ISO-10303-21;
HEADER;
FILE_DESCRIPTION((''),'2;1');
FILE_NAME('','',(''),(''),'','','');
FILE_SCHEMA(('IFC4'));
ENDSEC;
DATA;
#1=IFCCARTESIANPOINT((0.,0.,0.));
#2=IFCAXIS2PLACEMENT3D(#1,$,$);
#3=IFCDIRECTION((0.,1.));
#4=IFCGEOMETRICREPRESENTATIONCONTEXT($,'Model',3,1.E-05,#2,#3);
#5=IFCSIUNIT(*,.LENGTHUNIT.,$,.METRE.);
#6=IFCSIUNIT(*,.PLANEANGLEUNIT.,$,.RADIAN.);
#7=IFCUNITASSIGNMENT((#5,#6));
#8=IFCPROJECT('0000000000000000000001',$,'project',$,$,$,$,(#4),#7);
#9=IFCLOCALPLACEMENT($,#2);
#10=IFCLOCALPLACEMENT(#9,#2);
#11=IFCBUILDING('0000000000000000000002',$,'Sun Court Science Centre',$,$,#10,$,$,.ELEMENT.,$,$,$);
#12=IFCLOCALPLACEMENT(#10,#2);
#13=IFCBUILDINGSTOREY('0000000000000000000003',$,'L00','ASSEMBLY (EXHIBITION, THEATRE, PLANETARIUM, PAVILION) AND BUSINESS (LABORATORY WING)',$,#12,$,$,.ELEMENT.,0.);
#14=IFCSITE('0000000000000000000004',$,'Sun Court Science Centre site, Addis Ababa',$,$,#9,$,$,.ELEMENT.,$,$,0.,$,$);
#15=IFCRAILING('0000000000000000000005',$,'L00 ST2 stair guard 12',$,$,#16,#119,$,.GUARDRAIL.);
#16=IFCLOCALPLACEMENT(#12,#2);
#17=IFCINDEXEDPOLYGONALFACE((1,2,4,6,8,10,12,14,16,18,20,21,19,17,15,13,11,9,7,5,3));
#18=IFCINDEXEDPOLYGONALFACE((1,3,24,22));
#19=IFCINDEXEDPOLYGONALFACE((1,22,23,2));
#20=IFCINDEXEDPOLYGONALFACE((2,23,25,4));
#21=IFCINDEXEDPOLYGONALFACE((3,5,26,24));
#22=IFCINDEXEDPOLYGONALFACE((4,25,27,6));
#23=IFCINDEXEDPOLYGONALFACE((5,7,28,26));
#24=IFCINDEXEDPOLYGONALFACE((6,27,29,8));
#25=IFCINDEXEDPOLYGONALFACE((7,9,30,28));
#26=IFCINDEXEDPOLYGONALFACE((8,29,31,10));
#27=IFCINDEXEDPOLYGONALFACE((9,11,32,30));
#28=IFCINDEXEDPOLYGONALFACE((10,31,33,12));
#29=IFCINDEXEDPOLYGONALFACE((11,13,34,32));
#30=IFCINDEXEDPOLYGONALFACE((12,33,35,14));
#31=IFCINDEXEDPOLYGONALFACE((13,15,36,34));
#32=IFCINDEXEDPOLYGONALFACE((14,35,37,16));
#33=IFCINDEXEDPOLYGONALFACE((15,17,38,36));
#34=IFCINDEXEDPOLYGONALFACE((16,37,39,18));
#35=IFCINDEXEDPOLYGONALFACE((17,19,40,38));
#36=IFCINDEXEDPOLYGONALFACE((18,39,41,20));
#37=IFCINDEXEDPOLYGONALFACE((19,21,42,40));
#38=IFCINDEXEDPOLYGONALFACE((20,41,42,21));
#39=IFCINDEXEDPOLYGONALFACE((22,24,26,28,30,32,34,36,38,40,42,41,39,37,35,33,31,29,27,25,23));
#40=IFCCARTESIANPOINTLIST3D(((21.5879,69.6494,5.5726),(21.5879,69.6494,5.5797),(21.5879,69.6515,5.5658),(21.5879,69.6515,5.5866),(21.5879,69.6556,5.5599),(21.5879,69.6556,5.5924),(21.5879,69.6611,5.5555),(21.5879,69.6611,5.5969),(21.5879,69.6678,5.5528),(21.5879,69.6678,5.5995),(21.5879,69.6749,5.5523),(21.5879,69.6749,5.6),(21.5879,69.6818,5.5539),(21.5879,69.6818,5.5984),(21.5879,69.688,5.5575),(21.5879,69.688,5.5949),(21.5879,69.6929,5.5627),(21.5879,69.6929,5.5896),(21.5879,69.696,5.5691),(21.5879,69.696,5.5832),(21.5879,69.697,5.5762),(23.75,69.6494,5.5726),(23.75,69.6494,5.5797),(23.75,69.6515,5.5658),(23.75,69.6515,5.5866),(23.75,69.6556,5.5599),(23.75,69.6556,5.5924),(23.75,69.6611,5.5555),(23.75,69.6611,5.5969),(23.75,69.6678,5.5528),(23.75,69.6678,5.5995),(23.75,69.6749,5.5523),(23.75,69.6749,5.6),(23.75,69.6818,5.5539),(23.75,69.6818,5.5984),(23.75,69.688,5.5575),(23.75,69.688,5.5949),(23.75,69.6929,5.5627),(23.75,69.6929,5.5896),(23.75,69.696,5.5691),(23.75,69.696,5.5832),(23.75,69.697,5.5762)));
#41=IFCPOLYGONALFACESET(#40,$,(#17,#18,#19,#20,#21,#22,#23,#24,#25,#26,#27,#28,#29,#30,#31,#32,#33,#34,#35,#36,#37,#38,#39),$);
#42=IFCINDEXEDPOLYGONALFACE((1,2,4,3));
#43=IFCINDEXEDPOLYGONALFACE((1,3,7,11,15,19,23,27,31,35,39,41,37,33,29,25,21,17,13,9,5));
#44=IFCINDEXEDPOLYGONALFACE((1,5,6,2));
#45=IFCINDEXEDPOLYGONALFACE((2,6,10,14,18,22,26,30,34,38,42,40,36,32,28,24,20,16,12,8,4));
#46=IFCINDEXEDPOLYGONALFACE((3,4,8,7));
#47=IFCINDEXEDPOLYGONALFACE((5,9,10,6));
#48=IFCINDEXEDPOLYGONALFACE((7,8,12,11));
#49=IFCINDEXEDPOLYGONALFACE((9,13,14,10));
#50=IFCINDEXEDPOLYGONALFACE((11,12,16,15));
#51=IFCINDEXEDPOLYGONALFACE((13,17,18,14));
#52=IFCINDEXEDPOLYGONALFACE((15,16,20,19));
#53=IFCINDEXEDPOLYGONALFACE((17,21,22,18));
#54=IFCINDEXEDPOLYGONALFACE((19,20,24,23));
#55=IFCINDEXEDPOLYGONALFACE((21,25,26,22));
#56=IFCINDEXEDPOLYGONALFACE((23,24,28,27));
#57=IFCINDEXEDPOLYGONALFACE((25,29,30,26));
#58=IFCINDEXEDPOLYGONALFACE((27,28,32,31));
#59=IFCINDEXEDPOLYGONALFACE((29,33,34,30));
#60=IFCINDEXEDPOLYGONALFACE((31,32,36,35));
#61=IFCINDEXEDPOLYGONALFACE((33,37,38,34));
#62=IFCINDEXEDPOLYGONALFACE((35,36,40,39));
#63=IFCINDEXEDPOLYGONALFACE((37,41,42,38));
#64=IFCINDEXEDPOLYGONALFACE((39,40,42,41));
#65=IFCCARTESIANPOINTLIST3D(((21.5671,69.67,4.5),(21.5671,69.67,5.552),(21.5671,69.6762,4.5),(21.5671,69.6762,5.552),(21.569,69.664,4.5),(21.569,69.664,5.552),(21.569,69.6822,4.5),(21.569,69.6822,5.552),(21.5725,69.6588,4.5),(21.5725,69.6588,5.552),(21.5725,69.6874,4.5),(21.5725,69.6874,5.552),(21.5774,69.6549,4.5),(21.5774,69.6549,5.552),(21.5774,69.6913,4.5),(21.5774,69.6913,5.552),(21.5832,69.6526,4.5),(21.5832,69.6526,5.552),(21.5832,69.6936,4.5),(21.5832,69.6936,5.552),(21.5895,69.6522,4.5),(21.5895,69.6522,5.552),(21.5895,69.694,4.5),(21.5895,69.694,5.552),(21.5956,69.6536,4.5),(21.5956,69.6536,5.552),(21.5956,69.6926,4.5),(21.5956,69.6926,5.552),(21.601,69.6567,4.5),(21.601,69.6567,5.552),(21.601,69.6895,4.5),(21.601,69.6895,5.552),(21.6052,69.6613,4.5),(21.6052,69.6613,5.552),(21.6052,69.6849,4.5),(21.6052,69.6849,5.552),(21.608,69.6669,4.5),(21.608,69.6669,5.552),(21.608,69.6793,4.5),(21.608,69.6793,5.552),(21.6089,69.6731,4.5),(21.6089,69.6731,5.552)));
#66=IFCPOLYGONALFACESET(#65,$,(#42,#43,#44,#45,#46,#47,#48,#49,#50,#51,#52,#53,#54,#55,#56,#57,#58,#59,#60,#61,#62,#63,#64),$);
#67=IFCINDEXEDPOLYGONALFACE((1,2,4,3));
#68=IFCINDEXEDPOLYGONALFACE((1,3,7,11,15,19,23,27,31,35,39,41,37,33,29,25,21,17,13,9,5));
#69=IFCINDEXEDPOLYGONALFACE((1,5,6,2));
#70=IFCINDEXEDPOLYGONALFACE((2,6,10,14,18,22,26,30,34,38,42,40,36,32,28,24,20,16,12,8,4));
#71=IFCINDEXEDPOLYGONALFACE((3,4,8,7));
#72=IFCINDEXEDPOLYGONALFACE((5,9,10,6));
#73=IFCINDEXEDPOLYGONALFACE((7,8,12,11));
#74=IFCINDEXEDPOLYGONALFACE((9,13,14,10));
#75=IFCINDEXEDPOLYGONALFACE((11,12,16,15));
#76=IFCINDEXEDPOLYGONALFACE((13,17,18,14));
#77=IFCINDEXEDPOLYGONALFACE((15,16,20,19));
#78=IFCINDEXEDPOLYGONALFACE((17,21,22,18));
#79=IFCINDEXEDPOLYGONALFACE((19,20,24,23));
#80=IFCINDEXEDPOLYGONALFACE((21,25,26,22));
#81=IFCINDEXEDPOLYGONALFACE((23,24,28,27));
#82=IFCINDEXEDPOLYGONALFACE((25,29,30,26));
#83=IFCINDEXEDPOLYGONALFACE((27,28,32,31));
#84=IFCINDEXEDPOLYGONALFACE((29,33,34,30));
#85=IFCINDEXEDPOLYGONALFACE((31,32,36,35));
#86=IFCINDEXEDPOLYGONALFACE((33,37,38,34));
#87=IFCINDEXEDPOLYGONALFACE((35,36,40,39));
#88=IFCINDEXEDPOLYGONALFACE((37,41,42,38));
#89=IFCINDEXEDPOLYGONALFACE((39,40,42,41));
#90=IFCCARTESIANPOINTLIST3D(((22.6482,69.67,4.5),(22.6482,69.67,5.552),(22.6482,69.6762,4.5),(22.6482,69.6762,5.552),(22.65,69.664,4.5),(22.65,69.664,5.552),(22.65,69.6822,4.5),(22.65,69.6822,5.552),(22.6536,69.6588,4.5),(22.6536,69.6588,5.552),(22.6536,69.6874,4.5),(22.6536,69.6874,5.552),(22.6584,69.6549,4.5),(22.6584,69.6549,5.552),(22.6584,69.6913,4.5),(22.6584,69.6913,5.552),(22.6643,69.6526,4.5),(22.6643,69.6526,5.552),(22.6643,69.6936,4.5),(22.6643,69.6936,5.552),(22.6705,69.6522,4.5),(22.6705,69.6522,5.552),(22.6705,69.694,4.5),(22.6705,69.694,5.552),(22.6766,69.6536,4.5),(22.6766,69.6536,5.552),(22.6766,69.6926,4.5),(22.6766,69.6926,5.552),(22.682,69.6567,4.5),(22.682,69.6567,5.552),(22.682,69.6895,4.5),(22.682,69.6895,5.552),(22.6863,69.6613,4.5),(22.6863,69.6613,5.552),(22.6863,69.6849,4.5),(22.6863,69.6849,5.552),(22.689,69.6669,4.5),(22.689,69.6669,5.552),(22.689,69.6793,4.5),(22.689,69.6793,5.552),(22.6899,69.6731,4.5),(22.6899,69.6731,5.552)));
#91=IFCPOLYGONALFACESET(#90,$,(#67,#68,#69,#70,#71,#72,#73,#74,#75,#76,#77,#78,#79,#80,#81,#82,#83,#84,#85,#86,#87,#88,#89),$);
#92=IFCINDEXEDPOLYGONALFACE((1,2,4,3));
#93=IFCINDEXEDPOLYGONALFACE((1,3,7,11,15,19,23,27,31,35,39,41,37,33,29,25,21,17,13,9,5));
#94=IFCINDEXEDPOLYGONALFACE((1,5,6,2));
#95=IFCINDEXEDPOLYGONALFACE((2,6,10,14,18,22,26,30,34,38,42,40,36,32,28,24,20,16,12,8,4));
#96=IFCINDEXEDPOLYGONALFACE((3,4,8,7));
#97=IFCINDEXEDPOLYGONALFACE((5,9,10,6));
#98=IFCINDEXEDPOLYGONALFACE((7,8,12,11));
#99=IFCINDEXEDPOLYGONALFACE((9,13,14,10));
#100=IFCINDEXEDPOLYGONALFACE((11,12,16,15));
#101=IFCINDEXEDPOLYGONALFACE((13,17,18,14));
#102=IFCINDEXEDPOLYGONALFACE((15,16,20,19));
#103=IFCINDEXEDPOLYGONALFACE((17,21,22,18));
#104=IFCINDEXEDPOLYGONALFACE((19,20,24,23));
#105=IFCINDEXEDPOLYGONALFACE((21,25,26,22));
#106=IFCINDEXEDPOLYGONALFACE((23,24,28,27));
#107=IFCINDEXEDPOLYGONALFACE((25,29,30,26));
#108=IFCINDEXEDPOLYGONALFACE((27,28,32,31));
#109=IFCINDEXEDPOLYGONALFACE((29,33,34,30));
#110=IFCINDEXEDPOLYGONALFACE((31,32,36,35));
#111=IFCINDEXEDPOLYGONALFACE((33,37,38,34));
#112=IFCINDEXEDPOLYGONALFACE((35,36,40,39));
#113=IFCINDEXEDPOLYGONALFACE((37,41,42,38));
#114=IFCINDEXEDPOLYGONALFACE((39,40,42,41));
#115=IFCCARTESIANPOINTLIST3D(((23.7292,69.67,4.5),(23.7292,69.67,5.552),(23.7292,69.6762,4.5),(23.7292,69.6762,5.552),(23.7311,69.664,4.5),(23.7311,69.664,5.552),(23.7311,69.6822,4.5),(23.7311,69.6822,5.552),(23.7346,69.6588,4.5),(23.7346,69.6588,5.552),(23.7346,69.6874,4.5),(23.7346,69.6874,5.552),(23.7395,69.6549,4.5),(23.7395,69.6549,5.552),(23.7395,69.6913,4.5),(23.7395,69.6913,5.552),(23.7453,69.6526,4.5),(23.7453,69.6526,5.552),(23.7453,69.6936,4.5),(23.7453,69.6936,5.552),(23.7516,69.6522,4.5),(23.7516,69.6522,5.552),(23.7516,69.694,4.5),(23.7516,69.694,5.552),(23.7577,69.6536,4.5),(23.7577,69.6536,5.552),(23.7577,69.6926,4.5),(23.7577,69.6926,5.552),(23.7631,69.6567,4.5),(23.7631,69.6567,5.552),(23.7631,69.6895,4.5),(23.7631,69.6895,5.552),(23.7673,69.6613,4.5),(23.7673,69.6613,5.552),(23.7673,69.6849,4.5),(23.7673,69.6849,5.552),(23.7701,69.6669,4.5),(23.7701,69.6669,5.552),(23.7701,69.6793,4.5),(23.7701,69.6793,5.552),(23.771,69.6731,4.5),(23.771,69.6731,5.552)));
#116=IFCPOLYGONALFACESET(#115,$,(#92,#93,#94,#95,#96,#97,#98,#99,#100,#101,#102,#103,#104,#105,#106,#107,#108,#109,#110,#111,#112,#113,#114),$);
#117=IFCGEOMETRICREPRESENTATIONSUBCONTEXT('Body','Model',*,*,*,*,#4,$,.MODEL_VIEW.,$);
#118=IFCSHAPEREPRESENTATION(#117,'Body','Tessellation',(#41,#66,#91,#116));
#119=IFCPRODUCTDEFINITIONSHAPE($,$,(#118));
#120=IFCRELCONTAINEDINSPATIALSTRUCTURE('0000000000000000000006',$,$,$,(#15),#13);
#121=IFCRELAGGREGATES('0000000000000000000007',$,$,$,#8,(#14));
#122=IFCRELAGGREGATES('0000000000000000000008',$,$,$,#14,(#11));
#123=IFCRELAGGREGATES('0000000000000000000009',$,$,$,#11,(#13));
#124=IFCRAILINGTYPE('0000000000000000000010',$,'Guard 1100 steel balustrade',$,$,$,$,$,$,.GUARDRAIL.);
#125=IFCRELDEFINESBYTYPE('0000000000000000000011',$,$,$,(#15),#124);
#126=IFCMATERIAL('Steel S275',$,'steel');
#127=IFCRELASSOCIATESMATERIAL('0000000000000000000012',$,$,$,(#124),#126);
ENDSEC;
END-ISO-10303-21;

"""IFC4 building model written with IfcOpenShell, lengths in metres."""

from ifc_helpers import new_model, si_unit, direction, frame, origin, origin_2d, place, context, subcontext, project, spatial, circle, extrude, material, type_object, element, save


model = new_model("IFC4")

# Units and contexts
model_context = context("Model", 3, precision=1e-05, world=origin(), true_north=direction((0.0, 1.0)))
body_context = subcontext(model_context, "Body", "Model", "MODEL_VIEW")
ifc_project = project(units=[si_unit("LENGTHUNIT", "METRE"), si_unit("PLANEANGLEUNIT", "RADIAN")], contexts=[model_context])

# Site, building, storey
site_placement = place(None, origin())
site = spatial("IfcSite", under=ifc_project, at=site_placement, Name="Sun Court Science Centre site, Addis Ababa", CompositionType="ELEMENT", RefElevation=0.0)
building_placement = place(site_placement, origin())
building = spatial("IfcBuilding", under=site, at=building_placement, Name="Sun Court Science Centre", CompositionType="ELEMENT")
storey_placement = place(building_placement, origin())
storey = spatial("IfcBuildingStorey", under=building, at=storey_placement, Name="L00", Description="ASSEMBLY (EXHIBITION, THEATRE, PLANETARIUM, PAVILION) AND BUSINESS (LABORATORY WING)", CompositionType="ELEMENT", Elevation=0.0)

# Railing
ifc_material_1 = material(Name="Steel S275", Category="steel")
railing_type = type_object("IfcRailingType", Name="Guard 1100 steel balustrade", PredefinedType="GUARDRAIL", material=ifc_material_1)
for number, where, name in (
    (1, (21.5879, 69.6731, 4.5), "L00 ST2 stair guard 12"),
):
    element("IfcRailing", number, at=place(storey_placement, frame(where)), inside=storey, type_object=railing_type, Name=name, PredefinedType="GUARDRAIL", context=body_context, shape_type="SweptSolid", body=[
        extrude(circle(Radius=0.0239, at=origin_2d()), frame((0.0, 0.0, 1.0762), z_axis=(1.0, 0.0, 0.0), x_axis=(0.0, 1.0, 0.0)), (0.0, 0.0, 1.0), 2.1621),
        extrude(circle(Radius=0.021, at=origin_2d()), origin(), (0.0, 0.0, 1.0), 1.052),
        extrude(circle(Radius=0.021, at=origin_2d()), frame((1.0811, 0.0, 0.0)), (0.0, 0.0, 1.0), 1.052),
        extrude(circle(Radius=0.021, at=origin_2d()), frame((2.1621, 0.0, 0.0)), (0.0, 0.0, 1.0), 1.052),
    ])

save(model, "model.ifc")
